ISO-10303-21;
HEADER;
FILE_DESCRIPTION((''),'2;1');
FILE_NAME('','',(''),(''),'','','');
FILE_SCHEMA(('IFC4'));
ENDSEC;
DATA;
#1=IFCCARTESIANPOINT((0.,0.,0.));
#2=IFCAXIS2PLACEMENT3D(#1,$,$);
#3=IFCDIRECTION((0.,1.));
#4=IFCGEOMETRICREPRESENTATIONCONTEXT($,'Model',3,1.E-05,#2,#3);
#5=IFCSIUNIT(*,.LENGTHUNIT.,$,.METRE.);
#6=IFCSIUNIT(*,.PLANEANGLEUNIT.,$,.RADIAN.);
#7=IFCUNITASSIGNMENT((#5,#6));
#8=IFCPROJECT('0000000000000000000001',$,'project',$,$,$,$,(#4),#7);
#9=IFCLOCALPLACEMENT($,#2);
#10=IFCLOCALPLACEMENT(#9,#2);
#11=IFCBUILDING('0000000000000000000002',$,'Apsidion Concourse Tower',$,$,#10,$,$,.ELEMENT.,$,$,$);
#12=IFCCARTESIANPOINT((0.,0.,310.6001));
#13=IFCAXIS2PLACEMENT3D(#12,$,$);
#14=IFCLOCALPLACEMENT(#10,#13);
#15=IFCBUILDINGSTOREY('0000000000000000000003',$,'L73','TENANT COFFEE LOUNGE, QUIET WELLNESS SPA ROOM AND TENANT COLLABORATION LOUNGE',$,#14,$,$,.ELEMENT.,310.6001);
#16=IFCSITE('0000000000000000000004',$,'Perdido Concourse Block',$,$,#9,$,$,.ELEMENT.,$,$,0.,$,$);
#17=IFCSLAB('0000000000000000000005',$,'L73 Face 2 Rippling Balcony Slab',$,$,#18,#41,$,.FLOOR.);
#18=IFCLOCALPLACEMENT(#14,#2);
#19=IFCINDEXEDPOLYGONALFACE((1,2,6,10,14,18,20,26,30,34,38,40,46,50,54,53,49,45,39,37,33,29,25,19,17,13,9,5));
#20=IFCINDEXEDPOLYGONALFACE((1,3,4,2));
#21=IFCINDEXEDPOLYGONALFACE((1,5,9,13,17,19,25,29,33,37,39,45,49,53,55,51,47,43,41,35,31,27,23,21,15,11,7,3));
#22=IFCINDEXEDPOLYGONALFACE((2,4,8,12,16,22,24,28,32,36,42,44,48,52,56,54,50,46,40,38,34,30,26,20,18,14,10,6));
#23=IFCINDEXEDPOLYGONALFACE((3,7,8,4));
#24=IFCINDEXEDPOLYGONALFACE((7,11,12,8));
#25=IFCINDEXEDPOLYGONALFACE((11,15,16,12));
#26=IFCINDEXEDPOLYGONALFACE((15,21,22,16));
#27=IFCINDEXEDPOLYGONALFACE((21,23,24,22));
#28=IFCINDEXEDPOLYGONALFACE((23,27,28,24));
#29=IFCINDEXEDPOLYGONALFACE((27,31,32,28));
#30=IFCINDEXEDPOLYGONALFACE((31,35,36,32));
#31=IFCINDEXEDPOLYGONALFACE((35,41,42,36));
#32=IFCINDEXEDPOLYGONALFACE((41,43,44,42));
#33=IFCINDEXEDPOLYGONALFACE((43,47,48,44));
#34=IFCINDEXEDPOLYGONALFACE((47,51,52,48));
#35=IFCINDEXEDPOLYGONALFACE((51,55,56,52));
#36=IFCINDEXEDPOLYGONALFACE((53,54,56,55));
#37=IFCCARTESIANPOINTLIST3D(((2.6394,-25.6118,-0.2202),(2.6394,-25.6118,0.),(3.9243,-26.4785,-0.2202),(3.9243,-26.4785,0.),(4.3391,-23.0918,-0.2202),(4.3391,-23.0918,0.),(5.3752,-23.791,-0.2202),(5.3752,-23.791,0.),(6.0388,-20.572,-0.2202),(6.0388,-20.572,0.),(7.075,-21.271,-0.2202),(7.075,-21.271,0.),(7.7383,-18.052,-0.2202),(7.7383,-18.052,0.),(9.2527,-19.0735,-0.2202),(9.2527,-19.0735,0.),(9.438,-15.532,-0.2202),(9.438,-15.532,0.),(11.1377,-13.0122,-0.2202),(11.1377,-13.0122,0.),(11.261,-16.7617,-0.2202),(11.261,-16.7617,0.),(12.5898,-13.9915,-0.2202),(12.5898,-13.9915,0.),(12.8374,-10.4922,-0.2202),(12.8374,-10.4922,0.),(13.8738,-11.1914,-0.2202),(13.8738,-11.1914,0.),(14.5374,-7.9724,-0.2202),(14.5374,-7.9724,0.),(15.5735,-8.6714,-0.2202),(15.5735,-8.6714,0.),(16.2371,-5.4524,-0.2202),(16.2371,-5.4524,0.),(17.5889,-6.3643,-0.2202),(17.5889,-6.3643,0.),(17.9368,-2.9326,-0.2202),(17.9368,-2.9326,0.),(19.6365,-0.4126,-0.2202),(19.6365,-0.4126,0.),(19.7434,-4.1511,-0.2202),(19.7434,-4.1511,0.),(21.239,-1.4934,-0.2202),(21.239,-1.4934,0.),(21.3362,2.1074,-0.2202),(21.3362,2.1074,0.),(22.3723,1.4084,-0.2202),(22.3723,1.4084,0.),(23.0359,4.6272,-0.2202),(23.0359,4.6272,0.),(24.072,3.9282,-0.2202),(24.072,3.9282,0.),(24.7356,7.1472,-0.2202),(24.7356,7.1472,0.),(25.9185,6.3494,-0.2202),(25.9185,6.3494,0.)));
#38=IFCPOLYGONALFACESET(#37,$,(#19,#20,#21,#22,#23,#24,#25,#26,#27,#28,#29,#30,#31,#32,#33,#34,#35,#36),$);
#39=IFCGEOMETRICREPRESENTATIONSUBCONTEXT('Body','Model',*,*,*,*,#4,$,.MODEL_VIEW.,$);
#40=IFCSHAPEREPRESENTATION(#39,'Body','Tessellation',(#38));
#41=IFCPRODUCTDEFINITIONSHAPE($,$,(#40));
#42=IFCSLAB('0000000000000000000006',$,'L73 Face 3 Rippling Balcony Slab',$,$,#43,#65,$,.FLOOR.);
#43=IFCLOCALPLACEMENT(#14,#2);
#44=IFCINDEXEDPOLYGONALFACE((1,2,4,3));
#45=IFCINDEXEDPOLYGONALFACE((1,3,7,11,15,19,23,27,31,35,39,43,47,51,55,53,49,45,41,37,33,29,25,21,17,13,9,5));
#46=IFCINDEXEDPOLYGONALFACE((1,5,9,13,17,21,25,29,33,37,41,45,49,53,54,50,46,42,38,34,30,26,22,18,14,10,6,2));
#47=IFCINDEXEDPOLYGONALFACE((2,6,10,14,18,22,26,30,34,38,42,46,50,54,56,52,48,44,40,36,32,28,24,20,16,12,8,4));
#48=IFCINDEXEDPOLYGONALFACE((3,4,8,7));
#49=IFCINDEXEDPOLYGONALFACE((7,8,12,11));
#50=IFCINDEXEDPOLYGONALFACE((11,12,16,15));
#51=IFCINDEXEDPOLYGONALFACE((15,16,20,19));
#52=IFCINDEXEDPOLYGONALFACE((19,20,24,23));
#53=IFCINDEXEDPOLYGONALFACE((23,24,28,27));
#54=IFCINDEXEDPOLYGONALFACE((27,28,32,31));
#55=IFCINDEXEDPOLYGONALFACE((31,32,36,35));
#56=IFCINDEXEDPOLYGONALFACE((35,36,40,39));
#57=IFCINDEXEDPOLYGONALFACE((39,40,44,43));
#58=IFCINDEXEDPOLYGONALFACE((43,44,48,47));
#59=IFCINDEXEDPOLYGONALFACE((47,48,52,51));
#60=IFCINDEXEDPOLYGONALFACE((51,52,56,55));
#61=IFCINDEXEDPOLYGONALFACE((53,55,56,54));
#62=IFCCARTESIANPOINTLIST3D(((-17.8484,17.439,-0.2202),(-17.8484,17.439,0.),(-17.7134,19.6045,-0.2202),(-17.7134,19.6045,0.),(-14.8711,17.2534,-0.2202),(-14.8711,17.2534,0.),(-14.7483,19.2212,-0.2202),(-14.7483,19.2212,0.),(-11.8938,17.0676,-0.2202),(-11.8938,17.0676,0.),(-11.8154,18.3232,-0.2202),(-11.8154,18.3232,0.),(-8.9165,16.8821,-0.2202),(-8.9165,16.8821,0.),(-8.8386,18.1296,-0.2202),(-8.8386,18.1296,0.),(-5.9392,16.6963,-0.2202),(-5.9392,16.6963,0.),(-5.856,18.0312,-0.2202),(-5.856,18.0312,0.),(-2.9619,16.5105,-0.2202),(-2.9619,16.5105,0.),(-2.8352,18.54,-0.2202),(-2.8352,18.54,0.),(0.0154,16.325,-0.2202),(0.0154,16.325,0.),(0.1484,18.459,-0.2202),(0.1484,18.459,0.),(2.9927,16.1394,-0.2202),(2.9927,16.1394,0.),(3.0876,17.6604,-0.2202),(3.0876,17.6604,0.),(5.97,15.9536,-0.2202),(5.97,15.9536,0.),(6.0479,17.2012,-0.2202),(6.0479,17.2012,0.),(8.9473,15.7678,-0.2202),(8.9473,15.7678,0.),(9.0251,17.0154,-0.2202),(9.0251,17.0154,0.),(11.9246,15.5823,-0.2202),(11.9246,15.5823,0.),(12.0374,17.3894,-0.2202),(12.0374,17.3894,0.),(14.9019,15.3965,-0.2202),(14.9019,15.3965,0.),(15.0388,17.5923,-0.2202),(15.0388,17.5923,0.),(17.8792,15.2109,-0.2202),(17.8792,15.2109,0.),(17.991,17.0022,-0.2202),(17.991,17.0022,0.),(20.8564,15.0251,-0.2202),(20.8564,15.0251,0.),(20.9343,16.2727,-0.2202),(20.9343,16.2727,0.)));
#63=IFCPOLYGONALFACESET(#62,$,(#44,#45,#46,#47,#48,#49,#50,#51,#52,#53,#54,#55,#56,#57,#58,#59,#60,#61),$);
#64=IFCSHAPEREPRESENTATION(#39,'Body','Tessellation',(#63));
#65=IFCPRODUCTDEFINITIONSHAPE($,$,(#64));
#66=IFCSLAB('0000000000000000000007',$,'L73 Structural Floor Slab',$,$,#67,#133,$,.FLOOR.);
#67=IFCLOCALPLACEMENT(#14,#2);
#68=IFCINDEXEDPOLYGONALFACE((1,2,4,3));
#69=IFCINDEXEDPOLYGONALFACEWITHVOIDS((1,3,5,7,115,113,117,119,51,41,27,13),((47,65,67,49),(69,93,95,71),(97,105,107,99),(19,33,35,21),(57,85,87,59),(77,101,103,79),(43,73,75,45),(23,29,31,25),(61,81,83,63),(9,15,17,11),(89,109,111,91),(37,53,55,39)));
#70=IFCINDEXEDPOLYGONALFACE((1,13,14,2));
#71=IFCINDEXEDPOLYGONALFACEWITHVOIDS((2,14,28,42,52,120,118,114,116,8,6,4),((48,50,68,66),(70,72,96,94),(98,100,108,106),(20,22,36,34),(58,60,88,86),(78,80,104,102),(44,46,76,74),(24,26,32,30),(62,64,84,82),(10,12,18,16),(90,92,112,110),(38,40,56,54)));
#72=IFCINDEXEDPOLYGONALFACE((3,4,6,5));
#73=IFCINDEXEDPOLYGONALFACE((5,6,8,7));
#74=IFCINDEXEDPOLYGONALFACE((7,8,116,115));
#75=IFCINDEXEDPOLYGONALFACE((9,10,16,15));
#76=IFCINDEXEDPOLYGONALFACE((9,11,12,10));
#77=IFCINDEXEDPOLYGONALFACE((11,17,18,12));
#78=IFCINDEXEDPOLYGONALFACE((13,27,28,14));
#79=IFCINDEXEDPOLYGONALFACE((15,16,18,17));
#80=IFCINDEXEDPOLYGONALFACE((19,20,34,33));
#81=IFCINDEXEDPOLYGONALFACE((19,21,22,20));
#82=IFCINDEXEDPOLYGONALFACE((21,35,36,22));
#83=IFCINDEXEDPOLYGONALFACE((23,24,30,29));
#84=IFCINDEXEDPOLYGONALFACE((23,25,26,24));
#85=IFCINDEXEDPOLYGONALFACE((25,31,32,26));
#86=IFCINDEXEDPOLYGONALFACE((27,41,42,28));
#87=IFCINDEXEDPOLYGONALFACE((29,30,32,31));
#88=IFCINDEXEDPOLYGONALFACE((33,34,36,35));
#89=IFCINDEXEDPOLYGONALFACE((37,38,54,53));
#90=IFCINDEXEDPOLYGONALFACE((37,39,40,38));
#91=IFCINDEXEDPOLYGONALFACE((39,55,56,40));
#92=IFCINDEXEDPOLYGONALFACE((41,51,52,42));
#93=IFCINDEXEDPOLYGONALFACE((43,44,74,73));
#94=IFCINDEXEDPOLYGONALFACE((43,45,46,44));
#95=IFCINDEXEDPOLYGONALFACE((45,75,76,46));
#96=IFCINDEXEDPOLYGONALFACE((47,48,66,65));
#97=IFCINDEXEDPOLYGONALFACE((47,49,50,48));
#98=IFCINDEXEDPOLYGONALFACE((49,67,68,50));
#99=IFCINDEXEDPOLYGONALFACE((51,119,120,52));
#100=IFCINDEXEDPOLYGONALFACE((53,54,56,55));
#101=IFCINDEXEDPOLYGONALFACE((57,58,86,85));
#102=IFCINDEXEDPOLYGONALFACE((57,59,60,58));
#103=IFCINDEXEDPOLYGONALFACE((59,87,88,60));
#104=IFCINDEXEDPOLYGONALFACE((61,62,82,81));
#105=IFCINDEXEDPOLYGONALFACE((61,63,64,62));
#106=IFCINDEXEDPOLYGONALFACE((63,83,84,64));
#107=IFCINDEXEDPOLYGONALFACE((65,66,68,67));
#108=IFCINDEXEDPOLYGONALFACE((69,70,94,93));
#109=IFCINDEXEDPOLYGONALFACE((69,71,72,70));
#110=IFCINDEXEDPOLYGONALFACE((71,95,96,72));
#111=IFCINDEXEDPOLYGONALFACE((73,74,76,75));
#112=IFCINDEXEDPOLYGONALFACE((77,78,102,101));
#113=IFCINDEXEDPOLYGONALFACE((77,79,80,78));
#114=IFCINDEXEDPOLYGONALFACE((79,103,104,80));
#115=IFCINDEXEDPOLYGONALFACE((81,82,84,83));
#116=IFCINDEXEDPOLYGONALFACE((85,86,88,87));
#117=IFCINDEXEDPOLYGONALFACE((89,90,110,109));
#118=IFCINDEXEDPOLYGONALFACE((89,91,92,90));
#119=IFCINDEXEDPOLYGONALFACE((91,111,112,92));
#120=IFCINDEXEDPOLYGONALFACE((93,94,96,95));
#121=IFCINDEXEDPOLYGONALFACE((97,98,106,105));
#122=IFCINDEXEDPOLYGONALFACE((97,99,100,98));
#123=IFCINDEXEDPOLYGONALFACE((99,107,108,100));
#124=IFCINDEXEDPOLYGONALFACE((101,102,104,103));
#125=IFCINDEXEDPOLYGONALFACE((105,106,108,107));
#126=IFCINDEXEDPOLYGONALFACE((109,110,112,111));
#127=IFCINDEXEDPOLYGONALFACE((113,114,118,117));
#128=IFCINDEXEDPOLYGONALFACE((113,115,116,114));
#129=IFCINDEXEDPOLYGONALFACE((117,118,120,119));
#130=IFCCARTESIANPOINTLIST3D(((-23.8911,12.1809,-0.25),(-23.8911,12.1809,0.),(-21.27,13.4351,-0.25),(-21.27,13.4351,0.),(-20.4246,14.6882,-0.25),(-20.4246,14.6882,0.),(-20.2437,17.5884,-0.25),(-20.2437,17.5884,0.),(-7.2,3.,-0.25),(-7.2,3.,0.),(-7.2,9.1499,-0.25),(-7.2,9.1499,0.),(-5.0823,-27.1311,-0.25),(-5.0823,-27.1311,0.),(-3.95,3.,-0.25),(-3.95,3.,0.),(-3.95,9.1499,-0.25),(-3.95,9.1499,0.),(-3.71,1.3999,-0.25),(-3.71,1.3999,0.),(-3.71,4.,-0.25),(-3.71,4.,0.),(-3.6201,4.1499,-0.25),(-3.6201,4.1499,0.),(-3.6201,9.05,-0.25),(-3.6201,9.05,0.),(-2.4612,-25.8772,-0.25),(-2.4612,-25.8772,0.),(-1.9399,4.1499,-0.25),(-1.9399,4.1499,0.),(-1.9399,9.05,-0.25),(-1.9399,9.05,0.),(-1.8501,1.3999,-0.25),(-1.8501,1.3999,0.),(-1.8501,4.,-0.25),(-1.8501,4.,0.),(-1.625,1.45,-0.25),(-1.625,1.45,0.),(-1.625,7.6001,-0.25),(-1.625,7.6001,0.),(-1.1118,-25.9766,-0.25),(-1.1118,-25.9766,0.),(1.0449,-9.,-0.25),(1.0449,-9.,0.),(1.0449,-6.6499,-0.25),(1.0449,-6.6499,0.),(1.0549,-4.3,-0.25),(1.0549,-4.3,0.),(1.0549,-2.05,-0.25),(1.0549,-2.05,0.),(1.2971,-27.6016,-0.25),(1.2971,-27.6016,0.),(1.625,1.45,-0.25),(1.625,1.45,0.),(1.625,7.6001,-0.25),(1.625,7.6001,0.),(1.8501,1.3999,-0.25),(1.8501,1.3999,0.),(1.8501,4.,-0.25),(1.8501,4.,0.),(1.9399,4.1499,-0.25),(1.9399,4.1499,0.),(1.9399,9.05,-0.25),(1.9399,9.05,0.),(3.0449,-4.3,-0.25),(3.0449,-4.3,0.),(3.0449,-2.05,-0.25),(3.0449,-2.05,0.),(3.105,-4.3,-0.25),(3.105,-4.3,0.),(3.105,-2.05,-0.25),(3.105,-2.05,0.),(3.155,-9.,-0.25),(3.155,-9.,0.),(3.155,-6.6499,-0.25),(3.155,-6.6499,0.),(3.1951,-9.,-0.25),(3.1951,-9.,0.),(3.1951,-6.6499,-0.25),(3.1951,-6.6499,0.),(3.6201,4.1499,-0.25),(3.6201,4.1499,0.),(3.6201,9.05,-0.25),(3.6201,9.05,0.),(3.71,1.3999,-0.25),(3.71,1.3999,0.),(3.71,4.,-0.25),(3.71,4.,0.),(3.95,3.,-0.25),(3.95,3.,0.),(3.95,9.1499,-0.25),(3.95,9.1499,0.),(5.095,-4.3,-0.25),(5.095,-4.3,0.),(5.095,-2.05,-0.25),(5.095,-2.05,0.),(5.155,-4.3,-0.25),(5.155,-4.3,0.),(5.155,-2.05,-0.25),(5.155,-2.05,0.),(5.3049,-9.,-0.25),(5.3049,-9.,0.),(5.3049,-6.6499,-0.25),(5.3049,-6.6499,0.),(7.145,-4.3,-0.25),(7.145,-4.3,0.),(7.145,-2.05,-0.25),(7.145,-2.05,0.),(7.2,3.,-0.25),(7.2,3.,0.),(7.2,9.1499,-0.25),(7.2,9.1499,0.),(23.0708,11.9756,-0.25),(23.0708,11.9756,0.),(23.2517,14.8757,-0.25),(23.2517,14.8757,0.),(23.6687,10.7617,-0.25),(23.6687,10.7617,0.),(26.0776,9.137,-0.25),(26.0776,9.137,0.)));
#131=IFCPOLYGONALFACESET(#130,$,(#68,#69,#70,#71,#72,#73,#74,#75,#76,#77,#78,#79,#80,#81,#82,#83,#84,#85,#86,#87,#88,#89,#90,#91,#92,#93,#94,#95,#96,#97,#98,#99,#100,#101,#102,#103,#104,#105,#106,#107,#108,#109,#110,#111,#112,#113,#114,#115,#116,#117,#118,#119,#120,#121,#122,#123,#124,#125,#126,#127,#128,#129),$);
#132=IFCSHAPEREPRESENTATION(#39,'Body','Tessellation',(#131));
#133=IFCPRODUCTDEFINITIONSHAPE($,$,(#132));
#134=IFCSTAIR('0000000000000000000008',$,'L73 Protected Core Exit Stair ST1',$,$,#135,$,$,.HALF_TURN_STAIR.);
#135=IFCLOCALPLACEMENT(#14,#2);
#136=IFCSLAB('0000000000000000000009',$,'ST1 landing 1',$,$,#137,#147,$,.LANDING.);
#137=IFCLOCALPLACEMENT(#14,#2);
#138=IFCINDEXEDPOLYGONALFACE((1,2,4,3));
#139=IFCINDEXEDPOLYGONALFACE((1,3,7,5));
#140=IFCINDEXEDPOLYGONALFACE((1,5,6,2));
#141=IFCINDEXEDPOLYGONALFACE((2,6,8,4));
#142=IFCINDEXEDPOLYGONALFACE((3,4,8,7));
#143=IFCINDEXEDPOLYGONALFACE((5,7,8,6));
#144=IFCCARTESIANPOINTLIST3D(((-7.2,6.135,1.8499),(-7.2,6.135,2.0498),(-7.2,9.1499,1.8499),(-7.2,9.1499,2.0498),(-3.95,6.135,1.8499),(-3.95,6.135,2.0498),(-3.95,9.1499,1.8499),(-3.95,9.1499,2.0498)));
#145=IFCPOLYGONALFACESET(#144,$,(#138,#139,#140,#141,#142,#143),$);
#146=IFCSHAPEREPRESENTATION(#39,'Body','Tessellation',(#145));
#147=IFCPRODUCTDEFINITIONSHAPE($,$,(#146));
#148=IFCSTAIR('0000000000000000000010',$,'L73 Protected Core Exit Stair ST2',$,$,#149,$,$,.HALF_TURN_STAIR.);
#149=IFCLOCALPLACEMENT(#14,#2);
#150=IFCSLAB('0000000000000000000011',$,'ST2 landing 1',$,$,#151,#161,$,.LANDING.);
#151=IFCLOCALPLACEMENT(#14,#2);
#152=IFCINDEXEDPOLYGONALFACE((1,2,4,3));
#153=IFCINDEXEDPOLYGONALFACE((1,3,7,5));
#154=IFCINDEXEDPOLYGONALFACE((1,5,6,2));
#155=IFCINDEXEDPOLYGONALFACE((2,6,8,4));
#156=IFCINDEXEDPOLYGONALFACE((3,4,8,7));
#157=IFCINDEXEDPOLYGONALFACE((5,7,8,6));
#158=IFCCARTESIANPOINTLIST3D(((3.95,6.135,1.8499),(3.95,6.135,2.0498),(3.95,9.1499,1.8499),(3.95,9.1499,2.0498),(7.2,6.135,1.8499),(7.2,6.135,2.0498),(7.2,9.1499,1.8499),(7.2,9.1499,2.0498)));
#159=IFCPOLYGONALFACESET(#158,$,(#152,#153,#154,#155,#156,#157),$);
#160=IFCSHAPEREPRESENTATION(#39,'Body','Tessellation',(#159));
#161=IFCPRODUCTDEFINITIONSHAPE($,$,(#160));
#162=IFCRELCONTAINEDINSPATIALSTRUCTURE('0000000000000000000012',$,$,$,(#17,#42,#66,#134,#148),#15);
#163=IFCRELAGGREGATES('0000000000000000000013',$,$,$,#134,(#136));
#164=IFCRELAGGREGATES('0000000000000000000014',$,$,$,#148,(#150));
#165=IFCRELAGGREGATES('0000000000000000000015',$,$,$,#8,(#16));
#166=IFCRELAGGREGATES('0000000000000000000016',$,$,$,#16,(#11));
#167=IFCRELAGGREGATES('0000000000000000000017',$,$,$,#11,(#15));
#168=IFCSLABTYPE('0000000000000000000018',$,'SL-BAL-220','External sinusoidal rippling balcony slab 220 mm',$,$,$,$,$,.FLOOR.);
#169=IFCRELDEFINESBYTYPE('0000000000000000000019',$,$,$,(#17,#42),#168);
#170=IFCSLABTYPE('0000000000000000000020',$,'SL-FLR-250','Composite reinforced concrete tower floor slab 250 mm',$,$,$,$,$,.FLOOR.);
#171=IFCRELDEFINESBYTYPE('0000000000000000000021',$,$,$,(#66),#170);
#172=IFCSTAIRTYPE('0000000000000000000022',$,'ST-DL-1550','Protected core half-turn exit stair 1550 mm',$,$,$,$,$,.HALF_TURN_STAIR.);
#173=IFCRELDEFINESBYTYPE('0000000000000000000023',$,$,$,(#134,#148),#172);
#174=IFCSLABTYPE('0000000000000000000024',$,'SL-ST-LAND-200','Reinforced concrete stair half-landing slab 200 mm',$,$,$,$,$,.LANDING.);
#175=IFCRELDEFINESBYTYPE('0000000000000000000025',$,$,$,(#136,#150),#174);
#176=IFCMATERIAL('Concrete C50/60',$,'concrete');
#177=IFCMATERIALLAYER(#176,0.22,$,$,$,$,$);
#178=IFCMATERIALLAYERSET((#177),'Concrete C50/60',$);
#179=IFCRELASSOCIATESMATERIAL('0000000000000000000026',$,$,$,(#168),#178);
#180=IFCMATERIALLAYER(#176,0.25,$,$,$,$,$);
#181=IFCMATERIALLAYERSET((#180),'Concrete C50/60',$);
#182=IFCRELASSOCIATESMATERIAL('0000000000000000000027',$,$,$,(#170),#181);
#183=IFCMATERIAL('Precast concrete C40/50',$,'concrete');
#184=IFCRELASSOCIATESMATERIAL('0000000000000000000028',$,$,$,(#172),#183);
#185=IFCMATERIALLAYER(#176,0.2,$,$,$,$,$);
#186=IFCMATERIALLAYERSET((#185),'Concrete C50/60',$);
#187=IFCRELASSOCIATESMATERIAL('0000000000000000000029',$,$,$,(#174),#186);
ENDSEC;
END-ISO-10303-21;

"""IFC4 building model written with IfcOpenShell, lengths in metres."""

from ifc_helpers import new_model, si_unit, direction, frame, origin, place, context, subcontext, project, spatial, polyline, outline, extrude, material, layer, layer_set, type_object, element, aggregate, save


model = new_model("IFC4")

# Units and contexts
model_context = context("Model", 3, precision=1e-05, world=origin(), true_north=direction((0.0, 1.0)))
body_context = subcontext(model_context, "Body", "Model", "MODEL_VIEW")
ifc_project = project(units=[si_unit("LENGTHUNIT", "METRE"), si_unit("PLANEANGLEUNIT", "RADIAN")], contexts=[model_context])

# Site, building, storey
site_placement = place(None, origin())
site = spatial("IfcSite", under=ifc_project, at=site_placement, Name="Perdido Concourse Block", CompositionType="ELEMENT", RefElevation=0.0)
building_placement = place(site_placement, origin())
building = spatial("IfcBuilding", under=site, at=building_placement, Name="Apsidion Concourse Tower", CompositionType="ELEMENT")
storey_placement = place(building_placement, frame((0.0, 0.0, 310.6001)))
storey = spatial("IfcBuildingStorey", under=building, at=storey_placement, Name="L73", Description="TENANT COFFEE LOUNGE, QUIET WELLNESS SPA ROOM AND TENANT COLLABORATION LOUNGE", CompositionType="ELEMENT", Elevation=310.6001)

# Shared definitions
ifc_material_1 = material(Name="Concrete C50/60", Category="concrete")

# Slabs
ifc_layer_1 = layer(ifc_material_1, 0.22)
ifc_layer_set_1 = layer_set([ifc_layer_1], Name="Concrete C50/60")
slab_type_1 = type_object("IfcSlabType", Name="SL-BAL-220", Description="External sinusoidal rippling balcony slab 220 mm", PredefinedType="FLOOR", material=ifc_layer_set_1)
slab_1_placement = place(storey_placement, frame((0.0, 0.0, -0.2202)))
element("IfcSlab", 1, at=slab_1_placement, inside=storey, type_object=slab_type_1, Name="L73 Face 2 Rippling Balcony Slab", PredefinedType="FLOOR", context=body_context, shape_type="SweptSolid", body=[
    extrude(outline(polyline([(2.6394, -25.6118), (4.3391, -23.0918), (6.0388, -20.572), (7.7383, -18.052), (9.438, -15.532), (11.1377, -13.0122), (12.8374, -10.4922), (14.5374, -7.9724), (16.2371, -5.4524), (17.9368, -2.9326), (19.6365, -0.4126), (21.3362, 2.1074), (23.0359, 4.6272), (24.7356, 7.1472), (25.9185, 6.3494), (24.072, 3.9282), (22.3723, 1.4084), (21.239, -1.4934), (19.7434, -4.1511), (17.5889, -6.3643), (15.5735, -8.6714), (13.8738, -11.1914), (12.5898, -13.9915), (11.261, -16.7617), (9.2527, -19.0735), (7.075, -21.271), (5.3752, -23.791), (3.9243, -26.4785), (2.6394, -25.6118)])), origin(), (0.0, 0.0, 1.0), 0.2202),
])
slab_2_placement = place(storey_placement, frame((0.0, 0.0, -0.2202)))
element("IfcSlab", 2, at=slab_2_placement, inside=storey, type_object=slab_type_1, Name="L73 Face 3 Rippling Balcony Slab", PredefinedType="FLOOR", context=body_context, shape_type="SweptSolid", body=[
    extrude(outline(polyline([(20.8564, 15.0251), (17.8792, 15.2109), (14.9019, 15.3965), (11.9246, 15.5823), (8.9473, 15.7678), (5.97, 15.9536), (2.9927, 16.1394), (0.0154, 16.325), (-2.9619, 16.5105), (-5.9392, 16.6963), (-8.9165, 16.8821), (-11.8938, 17.0676), (-14.8711, 17.2534), (-17.8484, 17.439), (-17.7134, 19.6045), (-14.7483, 19.2212), (-11.8154, 18.3232), (-8.8386, 18.1296), (-5.856, 18.0312), (-2.8352, 18.54), (0.1484, 18.459), (3.0876, 17.6604), (6.0479, 17.2012), (9.0251, 17.0154), (12.0374, 17.3894), (15.0388, 17.5923), (17.991, 17.0022), (20.9343, 16.2727), (20.8564, 15.0251)])), origin(), (0.0, 0.0, 1.0), 0.2202),
])
ifc_layer_2 = layer(ifc_material_1, 0.25)
ifc_layer_set_2 = layer_set([ifc_layer_2], Name="Concrete C50/60")
slab_type_2 = type_object("IfcSlabType", Name="SL-FLR-250", Description="Composite reinforced concrete tower floor slab 250 mm", PredefinedType="FLOOR", material=ifc_layer_set_2)
slab_3_placement = place(storey_placement, frame((0.0, 0.0, -0.25)))
element("IfcSlab", 3, at=slab_3_placement, inside=storey, type_object=slab_type_2, Name="L73 Structural Floor Slab", PredefinedType="FLOOR", context=body_context, shape_type="SweptSolid", body=[
    extrude(outline(polyline([(-20.2437, 17.5884), (-20.4246, 14.6882), (-21.27, 13.4351), (-23.8911, 12.1809), (-5.0823, -27.1311), (-2.4612, -25.8772), (-1.1118, -25.9766), (1.2971, -27.6016), (26.0776, 9.137), (23.6687, 10.7617), (23.0708, 11.9756), (23.2517, 14.8757), (-20.2437, 17.5884)]), holes=[polyline([(-3.95, 3.0), (-3.95, 9.1499), (-7.2, 9.1499), (-7.2, 3.0), (-3.95, 3.0)]), polyline([(7.2, 3.0), (7.2, 9.1499), (3.95, 9.1499), (3.95, 3.0), (7.2, 3.0)]), polyline([(-1.625, 7.6001), (-1.625, 1.45), (1.625, 1.45), (1.625, 7.6001), (-1.625, 7.6001)]), polyline([(1.0549, -4.3), (3.0449, -4.3), (3.0449, -2.05), (1.0549, -2.05), (1.0549, -4.3)]), polyline([(3.105, -4.3), (5.095, -4.3), (5.095, -2.05), (3.105, -2.05), (3.105, -4.3)]), polyline([(5.155, -4.3), (7.145, -4.3), (7.145, -2.05), (5.155, -2.05), (5.155, -4.3)]), polyline([(1.0449, -9.0), (3.155, -9.0), (3.155, -6.6499), (1.0449, -6.6499), (1.0449, -9.0)]), polyline([(3.1951, -9.0), (5.3049, -9.0), (5.3049, -6.6499), (3.1951, -6.6499), (3.1951, -9.0)]), polyline([(-3.71, 1.3999), (-1.8501, 1.3999), (-1.8501, 4.0), (-3.71, 4.0), (-3.71, 1.3999)]), polyline([(1.8501, 1.3999), (3.71, 1.3999), (3.71, 4.0), (1.8501, 4.0), (1.8501, 1.3999)]), polyline([(-3.6201, 4.1499), (-1.9399, 4.1499), (-1.9399, 9.05), (-3.6201, 9.05), (-3.6201, 4.1499)]), polyline([(1.9399, 4.1499), (3.6201, 4.1499), (3.6201, 9.05), (1.9399, 9.05), (1.9399, 4.1499)])]), origin(), (0.0, 0.0, 1.0), 0.25),
])

# Stairs, slabs
ifc_material_2 = material(Name="Precast concrete C40/50", Category="concrete")
stair_type = type_object("IfcStairType", Name="ST-DL-1550", Description="Protected core half-turn exit stair 1550 mm", PredefinedType="HALF_TURN_STAIR", material=ifc_material_2)
stair_1_placement = place(storey_placement, origin())
stair_1 = element("IfcStair", 4, at=stair_1_placement, inside=storey, type_object=stair_type, Name="L73 Protected Core Exit Stair ST1", PredefinedType="HALF_TURN_STAIR")
ifc_layer_3 = layer(ifc_material_1, 0.2)
ifc_layer_set_3 = layer_set([ifc_layer_3], Name="Concrete C50/60")
slab_type_3 = type_object("IfcSlabType", Name="SL-ST-LAND-200", Description="Reinforced concrete stair half-landing slab 200 mm", PredefinedType="LANDING", material=ifc_layer_set_3)
slab_4_placement = place(storey_placement, frame((0.0, 0.0, 1.8499)))
slab_4 = element("IfcSlab", 5, at=slab_4_placement, type_object=slab_type_3, Name="ST1 landing 1", PredefinedType="LANDING", context=body_context, shape_type="SweptSolid", body=[
    extrude(outline(polyline([(-3.95, 6.135), (-3.95, 9.1499), (-7.2, 9.1499), (-7.2, 6.135), (-3.95, 6.135)])), origin(), (0.0, 0.0, 1.0), 0.2),
])
aggregate(stair_1, [slab_4])
stair_2_placement = place(storey_placement, origin())
stair_2 = element("IfcStair", 6, at=stair_2_placement, inside=storey, type_object=stair_type, Name="L73 Protected Core Exit Stair ST2", PredefinedType="HALF_TURN_STAIR")
slab_5_placement = place(storey_placement, frame((0.0, 0.0, 1.8499)))
slab_5 = element("IfcSlab", 7, at=slab_5_placement, type_object=slab_type_3, Name="ST2 landing 1", PredefinedType="LANDING", context=body_context, shape_type="SweptSolid", body=[
    extrude(outline(polyline([(7.2, 6.135), (7.2, 9.1499), (3.95, 9.1499), (3.95, 6.135), (7.2, 6.135)])), origin(), (0.0, 0.0, 1.0), 0.2),
])
aggregate(stair_2, [slab_5])

save(model, "model.ifc")
